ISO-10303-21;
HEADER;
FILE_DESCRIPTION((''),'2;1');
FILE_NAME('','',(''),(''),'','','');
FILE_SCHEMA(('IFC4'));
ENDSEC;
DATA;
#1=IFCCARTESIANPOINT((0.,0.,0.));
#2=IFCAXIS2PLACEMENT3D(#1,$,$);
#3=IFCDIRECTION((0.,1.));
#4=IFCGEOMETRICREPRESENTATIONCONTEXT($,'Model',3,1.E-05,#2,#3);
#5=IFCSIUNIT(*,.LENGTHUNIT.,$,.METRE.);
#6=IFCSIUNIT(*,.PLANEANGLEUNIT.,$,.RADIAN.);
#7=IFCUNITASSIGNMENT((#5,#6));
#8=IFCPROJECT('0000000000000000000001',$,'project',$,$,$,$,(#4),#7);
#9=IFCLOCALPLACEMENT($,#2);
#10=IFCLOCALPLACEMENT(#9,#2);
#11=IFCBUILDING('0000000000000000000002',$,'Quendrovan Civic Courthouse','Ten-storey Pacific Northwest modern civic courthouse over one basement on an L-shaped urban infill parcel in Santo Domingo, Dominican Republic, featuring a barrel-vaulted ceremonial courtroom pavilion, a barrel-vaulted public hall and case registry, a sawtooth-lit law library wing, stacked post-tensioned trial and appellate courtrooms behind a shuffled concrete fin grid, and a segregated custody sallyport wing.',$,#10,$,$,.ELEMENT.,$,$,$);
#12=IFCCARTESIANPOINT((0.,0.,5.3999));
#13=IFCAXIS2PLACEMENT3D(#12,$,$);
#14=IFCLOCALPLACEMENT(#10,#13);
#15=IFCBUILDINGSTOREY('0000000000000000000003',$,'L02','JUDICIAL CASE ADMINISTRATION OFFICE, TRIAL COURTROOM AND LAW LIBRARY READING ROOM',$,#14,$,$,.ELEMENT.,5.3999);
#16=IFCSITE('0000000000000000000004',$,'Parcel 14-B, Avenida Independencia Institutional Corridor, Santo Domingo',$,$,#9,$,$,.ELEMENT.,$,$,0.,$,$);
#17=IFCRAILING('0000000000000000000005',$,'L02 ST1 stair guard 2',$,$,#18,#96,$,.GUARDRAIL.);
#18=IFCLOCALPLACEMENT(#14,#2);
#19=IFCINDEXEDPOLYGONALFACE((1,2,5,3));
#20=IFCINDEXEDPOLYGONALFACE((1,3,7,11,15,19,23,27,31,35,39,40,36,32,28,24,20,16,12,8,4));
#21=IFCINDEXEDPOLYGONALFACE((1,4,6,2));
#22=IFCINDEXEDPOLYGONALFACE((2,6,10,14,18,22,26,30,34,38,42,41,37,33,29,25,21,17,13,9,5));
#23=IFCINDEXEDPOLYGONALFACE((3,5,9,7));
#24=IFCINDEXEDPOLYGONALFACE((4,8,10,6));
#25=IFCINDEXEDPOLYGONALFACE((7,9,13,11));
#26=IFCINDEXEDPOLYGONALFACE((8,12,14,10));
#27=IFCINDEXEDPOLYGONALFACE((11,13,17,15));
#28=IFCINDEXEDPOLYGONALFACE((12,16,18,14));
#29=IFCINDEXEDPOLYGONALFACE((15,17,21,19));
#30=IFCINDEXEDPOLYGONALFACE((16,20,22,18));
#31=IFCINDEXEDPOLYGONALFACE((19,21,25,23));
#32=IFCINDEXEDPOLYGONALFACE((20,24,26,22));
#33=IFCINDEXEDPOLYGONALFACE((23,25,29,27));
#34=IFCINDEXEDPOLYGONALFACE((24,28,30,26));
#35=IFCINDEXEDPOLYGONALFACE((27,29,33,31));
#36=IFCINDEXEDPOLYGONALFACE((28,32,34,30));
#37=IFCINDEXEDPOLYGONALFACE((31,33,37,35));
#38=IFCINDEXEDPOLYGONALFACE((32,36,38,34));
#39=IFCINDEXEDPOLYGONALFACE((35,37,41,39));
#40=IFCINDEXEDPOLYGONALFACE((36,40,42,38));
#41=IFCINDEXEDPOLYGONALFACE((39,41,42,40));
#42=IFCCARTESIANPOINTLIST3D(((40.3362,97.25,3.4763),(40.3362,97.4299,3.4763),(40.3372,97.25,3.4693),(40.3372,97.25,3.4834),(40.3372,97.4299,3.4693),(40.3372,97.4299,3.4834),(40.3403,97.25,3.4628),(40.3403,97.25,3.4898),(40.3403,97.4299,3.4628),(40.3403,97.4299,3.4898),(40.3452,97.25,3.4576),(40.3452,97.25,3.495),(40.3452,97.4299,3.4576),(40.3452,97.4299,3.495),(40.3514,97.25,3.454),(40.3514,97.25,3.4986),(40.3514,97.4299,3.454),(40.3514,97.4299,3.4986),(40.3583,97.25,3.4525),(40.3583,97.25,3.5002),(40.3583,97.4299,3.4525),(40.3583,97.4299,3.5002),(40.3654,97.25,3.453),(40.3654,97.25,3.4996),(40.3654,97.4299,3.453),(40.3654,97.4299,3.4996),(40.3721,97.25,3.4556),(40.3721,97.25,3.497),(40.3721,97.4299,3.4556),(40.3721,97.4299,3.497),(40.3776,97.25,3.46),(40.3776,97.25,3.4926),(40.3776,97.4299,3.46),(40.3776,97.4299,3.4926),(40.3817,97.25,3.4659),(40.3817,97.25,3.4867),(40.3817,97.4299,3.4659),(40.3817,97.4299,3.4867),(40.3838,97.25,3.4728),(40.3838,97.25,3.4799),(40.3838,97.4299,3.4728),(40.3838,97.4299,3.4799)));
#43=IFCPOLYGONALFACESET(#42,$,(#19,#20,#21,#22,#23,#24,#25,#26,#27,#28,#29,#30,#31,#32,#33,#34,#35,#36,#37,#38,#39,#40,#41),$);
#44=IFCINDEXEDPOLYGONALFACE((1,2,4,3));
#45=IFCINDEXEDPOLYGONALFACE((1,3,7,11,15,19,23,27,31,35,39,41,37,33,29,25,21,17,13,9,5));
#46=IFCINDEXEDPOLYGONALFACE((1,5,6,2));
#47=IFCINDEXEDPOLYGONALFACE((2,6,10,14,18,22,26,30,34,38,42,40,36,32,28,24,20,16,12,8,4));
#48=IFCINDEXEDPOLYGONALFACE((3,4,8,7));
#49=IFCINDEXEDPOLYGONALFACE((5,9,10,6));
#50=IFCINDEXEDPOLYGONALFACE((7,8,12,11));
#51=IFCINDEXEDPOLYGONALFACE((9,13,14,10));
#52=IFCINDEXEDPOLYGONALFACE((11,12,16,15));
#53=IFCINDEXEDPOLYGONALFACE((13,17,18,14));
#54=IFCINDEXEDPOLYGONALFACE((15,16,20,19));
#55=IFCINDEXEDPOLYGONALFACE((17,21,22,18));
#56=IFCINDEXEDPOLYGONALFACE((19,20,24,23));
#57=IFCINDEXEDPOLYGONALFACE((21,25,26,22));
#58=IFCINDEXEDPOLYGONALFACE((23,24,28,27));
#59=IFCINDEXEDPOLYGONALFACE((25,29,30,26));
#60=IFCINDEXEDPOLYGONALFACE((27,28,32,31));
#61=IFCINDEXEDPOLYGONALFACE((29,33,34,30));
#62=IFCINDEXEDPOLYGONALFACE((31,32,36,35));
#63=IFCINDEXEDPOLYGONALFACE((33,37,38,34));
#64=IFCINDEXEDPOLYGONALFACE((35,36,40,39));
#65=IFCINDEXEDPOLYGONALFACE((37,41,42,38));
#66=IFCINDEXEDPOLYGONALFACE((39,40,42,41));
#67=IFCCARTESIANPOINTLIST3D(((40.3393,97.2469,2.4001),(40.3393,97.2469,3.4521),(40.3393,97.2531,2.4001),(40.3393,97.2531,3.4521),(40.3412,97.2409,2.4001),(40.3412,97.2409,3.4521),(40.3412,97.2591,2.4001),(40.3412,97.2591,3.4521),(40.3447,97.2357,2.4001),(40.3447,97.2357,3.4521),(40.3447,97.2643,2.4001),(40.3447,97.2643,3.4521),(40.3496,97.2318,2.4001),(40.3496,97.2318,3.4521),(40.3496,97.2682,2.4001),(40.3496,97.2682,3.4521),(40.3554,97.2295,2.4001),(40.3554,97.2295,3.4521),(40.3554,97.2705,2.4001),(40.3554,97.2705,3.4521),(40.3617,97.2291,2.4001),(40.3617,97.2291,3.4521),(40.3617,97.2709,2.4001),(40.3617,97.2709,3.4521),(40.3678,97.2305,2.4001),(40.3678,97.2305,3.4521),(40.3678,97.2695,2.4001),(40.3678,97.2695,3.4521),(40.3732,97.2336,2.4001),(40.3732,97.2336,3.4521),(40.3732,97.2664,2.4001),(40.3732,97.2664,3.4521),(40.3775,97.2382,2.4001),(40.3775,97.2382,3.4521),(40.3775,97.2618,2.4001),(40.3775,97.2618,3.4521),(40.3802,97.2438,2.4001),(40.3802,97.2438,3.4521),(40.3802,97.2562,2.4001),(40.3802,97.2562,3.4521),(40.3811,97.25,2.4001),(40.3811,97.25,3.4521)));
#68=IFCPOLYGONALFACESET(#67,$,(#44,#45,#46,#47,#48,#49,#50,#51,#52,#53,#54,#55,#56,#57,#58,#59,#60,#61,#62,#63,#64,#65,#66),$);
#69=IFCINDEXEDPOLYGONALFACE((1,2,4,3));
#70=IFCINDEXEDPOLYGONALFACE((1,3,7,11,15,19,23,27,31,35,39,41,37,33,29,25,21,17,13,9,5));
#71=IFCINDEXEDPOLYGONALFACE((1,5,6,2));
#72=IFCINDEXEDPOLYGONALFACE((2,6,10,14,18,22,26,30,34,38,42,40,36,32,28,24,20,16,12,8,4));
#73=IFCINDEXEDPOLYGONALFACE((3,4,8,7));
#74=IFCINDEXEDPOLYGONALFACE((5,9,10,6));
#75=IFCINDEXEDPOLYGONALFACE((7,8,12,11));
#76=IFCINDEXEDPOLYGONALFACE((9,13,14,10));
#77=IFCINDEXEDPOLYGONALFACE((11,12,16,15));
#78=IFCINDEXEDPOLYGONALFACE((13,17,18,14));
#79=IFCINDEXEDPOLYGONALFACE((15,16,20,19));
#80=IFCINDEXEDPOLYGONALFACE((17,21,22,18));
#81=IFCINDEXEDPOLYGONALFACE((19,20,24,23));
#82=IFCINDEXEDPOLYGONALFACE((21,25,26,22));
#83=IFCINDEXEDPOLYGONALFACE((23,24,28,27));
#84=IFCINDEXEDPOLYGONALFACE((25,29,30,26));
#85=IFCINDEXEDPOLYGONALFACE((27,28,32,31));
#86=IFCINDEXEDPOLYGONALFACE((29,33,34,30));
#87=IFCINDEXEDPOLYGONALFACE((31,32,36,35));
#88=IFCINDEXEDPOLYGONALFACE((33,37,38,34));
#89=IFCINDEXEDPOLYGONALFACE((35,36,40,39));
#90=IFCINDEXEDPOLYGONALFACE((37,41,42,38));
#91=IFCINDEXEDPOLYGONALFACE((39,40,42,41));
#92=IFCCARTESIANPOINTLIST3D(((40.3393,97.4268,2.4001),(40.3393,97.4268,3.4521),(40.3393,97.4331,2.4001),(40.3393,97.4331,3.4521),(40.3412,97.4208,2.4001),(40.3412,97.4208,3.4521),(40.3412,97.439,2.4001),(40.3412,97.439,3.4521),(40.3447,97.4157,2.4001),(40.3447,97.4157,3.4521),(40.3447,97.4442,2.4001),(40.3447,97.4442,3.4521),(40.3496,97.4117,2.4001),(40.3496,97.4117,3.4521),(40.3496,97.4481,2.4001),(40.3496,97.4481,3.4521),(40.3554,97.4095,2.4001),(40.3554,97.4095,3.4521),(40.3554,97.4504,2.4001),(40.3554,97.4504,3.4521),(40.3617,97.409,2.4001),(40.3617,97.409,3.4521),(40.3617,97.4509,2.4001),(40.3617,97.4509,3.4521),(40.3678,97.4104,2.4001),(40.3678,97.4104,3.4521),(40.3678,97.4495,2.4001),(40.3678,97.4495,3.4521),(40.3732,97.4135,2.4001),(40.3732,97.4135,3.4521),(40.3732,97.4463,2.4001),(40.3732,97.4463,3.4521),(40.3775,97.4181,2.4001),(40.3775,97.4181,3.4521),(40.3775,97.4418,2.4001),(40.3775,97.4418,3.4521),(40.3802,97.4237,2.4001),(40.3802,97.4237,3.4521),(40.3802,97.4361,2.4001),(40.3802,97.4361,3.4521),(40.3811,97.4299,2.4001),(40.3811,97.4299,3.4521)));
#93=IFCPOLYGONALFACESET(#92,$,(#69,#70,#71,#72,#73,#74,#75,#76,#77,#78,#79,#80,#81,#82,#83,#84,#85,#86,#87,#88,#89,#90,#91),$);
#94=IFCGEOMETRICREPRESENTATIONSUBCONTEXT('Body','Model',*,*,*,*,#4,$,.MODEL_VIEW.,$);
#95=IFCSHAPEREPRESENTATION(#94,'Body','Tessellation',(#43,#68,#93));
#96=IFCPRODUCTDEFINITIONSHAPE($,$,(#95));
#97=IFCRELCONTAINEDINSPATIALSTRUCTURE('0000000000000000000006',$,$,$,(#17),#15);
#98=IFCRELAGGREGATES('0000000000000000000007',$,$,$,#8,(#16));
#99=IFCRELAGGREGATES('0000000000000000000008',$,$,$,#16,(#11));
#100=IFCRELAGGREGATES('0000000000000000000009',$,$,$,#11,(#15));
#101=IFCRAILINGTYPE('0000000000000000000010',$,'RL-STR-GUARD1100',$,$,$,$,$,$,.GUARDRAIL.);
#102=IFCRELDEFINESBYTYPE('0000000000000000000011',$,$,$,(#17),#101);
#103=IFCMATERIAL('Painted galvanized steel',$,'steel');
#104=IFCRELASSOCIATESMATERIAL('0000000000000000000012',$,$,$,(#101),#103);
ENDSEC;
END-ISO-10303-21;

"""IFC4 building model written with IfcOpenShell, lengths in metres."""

from ifc_helpers import new_model, si_unit, direction, frame, origin, origin_2d, place, context, subcontext, project, spatial, circle, extrude, material, type_object, element, save


model = new_model("IFC4")

# Units and contexts
model_context = context("Model", 3, precision=1e-05, world=origin(), true_north=direction((0.0, 1.0)))
body_context = subcontext(model_context, "Body", "Model", "MODEL_VIEW")
ifc_project = project(units=[si_unit("LENGTHUNIT", "METRE"), si_unit("PLANEANGLEUNIT", "RADIAN")], contexts=[model_context])

# Site, building, storey
site_placement = place(None, origin())
site = spatial("IfcSite", under=ifc_project, at=site_placement, Name="Parcel 14-B, Avenida Independencia Institutional Corridor, Santo Domingo", CompositionType="ELEMENT", RefElevation=0.0)
building_placement = place(site_placement, origin())
building = spatial("IfcBuilding", under=site, at=building_placement, Name="Quendrovan Civic Courthouse", Description="Ten-storey Pacific Northwest modern civic courthouse over one basement on an L-shaped urban infill parcel in Santo Domingo, Dominican Republic, featuring a barrel-vaulted ceremonial courtroom pavilion, a barrel-vaulted public hall and case registry, a sawtooth-lit law library wing, stacked post-tensioned trial and appellate courtrooms behind a shuffled concrete fin grid, and a segregated custody sallyport wing.", CompositionType="ELEMENT")
storey_placement = place(building_placement, frame((0.0, 0.0, 5.3999)))
storey = spatial("IfcBuildingStorey", under=building, at=storey_placement, Name="L02", Description="JUDICIAL CASE ADMINISTRATION OFFICE, TRIAL COURTROOM AND LAW LIBRARY READING ROOM", CompositionType="ELEMENT", Elevation=5.3999)

# Railing
ifc_material_1 = material(Name="Painted galvanized steel", Category="steel")
railing_type_1 = type_object("IfcRailingType", Name="RL-STR-GUARD1100", PredefinedType="GUARDRAIL", material=ifc_material_1)
railing_1_placement = place(storey_placement, frame((40.3601, 97.25, 2.4001)))
element("IfcRailing", 1, at=railing_1_placement, inside=storey, type_object=railing_type_1, Name="L02 ST1 stair guard 2", PredefinedType="GUARDRAIL", context=body_context, shape_type="SweptSolid", body=[
    extrude(circle(Radius=0.0239, at=origin_2d()), frame((0.0, 0.0, 1.0762), z_axis=(0.0, 1.0, 0.0), x_axis=(-1.0, 0.0, 0.0)), (0.0, 0.0, 1.0), 0.1799),
    extrude(circle(Radius=0.021, at=origin_2d()), origin(), (0.0, 0.0, 1.0), 1.052),
    extrude(circle(Radius=0.021, at=origin_2d()), frame((0.0, 0.1799, 0.0)), (0.0, 0.0, 1.0), 1.052),
])

save(model, "model.ifc")
